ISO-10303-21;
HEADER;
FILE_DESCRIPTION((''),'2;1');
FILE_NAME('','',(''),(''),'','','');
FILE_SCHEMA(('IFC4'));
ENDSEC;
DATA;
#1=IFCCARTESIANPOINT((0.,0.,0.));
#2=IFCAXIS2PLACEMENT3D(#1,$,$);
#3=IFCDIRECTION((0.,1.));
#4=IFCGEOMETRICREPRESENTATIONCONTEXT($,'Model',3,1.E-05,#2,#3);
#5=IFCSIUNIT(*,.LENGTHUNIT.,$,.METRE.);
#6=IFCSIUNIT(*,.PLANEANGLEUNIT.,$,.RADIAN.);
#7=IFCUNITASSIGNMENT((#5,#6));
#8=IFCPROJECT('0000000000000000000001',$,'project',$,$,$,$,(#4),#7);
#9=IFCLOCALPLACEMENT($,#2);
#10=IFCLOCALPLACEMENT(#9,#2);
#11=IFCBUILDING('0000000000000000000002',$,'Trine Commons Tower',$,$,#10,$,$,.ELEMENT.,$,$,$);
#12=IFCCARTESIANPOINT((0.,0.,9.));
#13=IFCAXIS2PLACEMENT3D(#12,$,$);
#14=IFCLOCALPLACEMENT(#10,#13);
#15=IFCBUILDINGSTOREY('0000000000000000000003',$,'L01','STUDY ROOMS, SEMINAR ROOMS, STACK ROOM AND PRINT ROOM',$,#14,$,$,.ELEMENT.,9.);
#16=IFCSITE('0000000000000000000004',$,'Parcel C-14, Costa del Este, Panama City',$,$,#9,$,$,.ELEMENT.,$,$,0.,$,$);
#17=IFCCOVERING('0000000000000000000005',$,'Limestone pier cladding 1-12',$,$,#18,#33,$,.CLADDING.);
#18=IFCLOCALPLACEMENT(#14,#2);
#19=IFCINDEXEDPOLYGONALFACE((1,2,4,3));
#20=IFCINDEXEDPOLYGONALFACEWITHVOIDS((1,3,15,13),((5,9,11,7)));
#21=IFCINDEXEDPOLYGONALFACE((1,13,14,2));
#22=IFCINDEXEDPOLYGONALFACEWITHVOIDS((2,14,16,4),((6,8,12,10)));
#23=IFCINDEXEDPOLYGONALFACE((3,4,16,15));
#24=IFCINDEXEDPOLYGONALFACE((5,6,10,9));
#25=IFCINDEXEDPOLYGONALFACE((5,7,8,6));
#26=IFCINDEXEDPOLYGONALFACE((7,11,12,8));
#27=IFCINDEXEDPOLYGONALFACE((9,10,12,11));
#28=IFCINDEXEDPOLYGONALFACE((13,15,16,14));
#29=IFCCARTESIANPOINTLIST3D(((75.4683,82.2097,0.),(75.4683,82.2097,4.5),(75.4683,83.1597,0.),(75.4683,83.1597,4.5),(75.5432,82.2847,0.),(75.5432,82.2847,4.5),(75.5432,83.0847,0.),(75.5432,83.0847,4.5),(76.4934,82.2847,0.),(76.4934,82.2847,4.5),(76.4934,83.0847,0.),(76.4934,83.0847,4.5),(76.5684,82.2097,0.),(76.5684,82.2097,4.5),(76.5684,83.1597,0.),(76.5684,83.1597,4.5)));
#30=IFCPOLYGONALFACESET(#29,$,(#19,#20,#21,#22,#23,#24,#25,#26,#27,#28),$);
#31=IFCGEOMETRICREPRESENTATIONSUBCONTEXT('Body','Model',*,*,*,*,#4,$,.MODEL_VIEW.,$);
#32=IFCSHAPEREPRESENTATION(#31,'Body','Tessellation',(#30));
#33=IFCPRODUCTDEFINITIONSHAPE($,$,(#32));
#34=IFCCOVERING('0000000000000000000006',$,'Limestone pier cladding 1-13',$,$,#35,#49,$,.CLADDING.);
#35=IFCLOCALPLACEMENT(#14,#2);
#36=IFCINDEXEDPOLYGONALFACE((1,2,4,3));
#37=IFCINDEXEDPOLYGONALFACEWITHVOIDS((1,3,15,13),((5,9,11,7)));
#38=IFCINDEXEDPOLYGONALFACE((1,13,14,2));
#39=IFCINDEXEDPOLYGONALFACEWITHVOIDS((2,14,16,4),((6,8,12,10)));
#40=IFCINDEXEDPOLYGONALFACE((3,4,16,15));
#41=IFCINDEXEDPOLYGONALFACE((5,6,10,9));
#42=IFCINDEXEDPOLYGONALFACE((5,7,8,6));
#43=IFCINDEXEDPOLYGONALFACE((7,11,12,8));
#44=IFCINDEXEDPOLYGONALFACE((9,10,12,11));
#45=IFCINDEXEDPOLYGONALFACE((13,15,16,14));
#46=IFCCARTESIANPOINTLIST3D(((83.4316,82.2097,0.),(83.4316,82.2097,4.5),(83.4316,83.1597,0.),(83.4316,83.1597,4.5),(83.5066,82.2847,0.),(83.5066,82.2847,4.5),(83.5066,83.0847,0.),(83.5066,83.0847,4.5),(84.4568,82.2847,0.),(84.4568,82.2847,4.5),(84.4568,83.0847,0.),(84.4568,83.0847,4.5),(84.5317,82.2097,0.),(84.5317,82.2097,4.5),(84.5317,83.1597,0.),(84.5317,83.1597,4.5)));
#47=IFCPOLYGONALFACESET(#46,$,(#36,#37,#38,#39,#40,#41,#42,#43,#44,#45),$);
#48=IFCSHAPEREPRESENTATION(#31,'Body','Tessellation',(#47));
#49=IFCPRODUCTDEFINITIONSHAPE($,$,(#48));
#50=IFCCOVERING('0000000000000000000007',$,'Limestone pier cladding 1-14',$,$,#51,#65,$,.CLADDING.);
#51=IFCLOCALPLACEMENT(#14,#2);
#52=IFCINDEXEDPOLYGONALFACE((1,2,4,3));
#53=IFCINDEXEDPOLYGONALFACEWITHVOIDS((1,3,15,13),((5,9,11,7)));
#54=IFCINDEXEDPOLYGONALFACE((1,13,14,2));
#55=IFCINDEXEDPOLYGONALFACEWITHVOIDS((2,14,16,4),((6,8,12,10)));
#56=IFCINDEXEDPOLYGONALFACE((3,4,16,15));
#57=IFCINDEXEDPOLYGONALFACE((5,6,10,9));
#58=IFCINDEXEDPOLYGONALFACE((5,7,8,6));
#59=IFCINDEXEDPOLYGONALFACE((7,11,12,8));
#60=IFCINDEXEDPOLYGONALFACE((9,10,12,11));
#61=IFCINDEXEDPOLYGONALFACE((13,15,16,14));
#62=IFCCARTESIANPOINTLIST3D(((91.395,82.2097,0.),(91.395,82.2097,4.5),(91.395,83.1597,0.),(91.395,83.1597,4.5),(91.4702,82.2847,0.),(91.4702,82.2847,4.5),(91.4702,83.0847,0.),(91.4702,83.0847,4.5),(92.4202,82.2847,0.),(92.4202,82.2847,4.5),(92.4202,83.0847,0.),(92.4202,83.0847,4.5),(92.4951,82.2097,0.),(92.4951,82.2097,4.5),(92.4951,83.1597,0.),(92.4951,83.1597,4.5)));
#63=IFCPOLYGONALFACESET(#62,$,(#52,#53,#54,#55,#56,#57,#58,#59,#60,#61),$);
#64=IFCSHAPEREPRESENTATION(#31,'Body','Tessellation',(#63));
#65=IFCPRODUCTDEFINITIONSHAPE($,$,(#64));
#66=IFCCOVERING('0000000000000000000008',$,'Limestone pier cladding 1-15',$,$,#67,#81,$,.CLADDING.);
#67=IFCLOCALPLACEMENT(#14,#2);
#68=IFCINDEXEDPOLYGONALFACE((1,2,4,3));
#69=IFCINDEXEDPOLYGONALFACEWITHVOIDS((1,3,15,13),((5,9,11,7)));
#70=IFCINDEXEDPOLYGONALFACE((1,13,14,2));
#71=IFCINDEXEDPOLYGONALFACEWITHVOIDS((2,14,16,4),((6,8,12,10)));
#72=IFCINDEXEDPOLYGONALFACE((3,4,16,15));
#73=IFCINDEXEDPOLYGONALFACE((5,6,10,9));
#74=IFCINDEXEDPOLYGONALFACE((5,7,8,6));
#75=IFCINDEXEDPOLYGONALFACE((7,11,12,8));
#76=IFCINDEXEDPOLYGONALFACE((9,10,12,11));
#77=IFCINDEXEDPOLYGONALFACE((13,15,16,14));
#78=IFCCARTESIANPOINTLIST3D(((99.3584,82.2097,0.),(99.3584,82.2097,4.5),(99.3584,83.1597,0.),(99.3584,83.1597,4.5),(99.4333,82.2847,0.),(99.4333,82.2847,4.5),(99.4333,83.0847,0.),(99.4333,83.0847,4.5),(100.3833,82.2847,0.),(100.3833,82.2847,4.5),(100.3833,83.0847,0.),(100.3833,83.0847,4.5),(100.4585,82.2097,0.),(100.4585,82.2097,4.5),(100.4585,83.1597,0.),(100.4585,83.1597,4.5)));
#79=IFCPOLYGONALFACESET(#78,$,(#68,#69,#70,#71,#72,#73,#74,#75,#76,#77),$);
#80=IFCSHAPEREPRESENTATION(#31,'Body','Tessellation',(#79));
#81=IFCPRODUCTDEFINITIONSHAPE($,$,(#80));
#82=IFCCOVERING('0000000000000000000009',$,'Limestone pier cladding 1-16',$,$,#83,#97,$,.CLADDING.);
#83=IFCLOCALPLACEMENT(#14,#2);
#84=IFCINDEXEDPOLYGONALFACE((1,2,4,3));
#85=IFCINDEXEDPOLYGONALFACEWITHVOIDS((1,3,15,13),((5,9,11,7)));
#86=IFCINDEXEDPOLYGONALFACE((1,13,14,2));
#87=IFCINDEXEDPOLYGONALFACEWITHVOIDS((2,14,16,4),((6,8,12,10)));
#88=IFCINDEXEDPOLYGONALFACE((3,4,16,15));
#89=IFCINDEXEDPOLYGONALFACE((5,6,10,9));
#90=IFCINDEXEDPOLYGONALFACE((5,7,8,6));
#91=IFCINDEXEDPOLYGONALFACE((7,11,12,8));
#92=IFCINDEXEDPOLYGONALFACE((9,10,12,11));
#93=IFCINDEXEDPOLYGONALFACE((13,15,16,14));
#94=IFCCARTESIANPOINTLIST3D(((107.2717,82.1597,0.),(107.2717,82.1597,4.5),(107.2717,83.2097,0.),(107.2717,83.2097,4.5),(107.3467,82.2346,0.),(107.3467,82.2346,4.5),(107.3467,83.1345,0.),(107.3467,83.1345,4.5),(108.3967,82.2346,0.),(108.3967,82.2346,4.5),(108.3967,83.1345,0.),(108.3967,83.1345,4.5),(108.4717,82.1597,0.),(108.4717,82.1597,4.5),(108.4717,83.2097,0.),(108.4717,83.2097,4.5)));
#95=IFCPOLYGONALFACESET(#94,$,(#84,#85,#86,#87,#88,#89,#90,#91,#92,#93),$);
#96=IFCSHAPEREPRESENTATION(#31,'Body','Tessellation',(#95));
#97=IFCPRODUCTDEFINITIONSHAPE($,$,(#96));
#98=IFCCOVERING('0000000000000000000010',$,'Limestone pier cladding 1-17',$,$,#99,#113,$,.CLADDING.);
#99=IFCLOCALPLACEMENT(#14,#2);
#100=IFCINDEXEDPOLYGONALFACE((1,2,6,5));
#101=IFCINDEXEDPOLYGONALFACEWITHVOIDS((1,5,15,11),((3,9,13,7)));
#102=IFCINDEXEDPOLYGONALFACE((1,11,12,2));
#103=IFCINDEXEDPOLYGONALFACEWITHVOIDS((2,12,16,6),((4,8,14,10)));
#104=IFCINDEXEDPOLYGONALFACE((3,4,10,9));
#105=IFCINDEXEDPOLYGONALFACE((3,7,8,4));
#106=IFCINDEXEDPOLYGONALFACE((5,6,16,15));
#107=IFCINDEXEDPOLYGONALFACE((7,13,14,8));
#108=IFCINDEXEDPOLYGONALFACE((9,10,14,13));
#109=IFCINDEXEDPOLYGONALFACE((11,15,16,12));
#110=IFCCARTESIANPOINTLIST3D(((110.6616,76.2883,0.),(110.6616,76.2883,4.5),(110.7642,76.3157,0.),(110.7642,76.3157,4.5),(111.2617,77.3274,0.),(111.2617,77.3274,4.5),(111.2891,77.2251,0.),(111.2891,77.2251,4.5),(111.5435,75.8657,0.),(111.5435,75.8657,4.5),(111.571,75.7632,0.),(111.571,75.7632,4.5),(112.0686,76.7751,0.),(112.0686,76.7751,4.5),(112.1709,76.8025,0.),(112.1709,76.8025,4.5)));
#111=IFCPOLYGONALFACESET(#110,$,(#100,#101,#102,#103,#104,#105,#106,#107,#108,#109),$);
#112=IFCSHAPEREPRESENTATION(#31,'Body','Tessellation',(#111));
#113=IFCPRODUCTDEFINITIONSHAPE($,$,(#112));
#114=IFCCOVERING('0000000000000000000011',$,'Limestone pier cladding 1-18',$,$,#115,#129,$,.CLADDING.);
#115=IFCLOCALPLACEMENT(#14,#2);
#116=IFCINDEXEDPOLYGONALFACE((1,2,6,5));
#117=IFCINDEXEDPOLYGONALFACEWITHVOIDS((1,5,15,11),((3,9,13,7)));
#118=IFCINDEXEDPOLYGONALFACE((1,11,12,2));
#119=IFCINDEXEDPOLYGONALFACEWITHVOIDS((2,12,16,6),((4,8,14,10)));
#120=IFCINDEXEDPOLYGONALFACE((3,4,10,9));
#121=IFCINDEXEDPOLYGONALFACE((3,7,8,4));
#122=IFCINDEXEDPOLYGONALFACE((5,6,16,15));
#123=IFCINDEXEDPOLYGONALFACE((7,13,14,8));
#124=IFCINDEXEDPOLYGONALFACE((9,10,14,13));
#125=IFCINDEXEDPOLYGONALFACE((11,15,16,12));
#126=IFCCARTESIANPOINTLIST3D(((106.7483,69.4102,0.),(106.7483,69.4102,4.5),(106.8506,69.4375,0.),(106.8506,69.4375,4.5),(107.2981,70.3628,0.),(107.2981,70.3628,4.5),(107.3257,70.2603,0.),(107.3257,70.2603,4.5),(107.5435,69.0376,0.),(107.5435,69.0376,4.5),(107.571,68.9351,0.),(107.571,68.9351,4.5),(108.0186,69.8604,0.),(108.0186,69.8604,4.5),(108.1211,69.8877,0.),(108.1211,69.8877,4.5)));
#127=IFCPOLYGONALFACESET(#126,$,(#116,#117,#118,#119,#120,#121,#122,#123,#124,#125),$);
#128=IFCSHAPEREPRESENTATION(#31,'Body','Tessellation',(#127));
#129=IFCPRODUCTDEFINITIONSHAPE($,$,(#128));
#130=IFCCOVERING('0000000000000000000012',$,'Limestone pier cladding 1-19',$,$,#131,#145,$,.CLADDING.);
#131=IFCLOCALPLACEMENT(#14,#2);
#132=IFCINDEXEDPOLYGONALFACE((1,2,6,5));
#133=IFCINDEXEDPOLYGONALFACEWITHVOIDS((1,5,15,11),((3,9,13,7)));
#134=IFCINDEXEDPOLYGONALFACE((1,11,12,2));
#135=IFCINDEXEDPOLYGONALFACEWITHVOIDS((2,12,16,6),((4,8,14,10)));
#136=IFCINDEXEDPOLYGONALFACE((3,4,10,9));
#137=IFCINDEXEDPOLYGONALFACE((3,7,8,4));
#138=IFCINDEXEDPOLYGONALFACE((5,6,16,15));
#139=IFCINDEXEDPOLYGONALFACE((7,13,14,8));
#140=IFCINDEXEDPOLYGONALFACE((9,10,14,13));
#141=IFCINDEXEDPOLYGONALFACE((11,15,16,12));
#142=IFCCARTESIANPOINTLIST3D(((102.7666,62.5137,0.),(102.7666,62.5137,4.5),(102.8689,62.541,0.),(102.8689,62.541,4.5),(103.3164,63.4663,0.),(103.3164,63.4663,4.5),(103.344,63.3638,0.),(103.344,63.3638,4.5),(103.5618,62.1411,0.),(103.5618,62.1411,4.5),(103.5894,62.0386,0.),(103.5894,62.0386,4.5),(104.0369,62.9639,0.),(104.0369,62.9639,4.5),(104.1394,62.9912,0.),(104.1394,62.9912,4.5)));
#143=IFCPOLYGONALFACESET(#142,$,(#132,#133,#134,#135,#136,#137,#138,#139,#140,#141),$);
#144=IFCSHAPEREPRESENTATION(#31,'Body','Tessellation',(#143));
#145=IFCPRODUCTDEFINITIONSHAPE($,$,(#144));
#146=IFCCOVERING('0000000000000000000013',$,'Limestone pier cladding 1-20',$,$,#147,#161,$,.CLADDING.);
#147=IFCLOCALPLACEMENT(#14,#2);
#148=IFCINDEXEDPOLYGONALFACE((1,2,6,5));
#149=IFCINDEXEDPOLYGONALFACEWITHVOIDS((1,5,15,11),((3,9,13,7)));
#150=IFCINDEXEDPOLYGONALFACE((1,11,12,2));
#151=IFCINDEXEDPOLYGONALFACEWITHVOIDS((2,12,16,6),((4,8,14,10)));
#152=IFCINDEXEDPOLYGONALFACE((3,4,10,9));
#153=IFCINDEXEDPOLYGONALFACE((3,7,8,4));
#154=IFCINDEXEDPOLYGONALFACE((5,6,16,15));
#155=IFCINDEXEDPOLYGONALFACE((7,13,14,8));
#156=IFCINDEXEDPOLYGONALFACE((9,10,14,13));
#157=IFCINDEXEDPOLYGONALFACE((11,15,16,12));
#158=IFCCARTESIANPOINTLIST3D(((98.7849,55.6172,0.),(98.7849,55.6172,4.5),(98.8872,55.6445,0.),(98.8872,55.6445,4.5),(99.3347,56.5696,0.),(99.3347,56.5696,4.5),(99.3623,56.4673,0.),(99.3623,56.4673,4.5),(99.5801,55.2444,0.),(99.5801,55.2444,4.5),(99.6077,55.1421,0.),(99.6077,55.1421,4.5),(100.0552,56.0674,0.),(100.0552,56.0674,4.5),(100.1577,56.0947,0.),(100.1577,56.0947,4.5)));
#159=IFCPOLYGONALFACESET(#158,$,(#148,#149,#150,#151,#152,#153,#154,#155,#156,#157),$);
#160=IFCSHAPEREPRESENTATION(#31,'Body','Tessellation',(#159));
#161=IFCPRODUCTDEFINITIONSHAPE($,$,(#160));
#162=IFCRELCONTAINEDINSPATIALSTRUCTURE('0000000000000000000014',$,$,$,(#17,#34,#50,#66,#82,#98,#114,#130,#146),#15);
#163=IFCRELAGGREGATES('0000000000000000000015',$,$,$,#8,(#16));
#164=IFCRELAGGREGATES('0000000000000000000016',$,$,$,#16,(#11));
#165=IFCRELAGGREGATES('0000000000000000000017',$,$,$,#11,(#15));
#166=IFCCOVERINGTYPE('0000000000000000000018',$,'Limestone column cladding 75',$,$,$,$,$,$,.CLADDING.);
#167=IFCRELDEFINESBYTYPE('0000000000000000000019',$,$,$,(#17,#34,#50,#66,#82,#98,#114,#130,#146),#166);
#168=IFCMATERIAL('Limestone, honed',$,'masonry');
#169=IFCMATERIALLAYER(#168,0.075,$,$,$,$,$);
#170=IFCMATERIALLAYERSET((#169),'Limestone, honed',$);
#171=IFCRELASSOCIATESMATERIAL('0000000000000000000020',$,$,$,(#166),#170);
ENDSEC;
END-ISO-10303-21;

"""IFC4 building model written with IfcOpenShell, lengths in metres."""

from ifc_helpers import new_model, si_unit, direction, frame, origin, place, context, subcontext, project, spatial, polyline, outline, extrude, material, layer, layer_set, type_object, element, save


model = new_model("IFC4")

# Units and contexts
model_context = context("Model", 3, precision=1e-05, world=origin(), true_north=direction((0.0, 1.0)))
body_context = subcontext(model_context, "Body", "Model", "MODEL_VIEW")
ifc_project = project(units=[si_unit("LENGTHUNIT", "METRE"), si_unit("PLANEANGLEUNIT", "RADIAN")], contexts=[model_context])

# Site, building, storey
site_placement = place(None, origin())
site = spatial("IfcSite", under=ifc_project, at=site_placement, Name="Parcel C-14, Costa del Este, Panama City", CompositionType="ELEMENT", RefElevation=0.0)
building_placement = place(site_placement, origin())
building = spatial("IfcBuilding", under=site, at=building_placement, Name="Trine Commons Tower", CompositionType="ELEMENT")
storey_placement = place(building_placement, frame((0.0, 0.0, 9.0)))
storey = spatial("IfcBuildingStorey", under=building, at=storey_placement, Name="L01", Description="STUDY ROOMS, SEMINAR ROOMS, STACK ROOM AND PRINT ROOM", CompositionType="ELEMENT", Elevation=9.0)

# Coverings
ifc_material_1 = material(Name="Limestone, honed", Category="masonry")
ifc_layer_1 = layer(ifc_material_1, 0.075)
ifc_layer_set_1 = layer_set([ifc_layer_1], Name="Limestone, honed")
covering_type = type_object("IfcCoveringType", Name="Limestone column cladding 75", PredefinedType="CLADDING", material=ifc_layer_set_1)
covering_1_placement = place(storey_placement, origin())
element("IfcCovering", 1, at=covering_1_placement, inside=storey, type_object=covering_type, Name="Limestone pier cladding 1-12", PredefinedType="CLADDING", context=body_context, shape_type="SweptSolid", body=[
    extrude(outline(polyline([(76.5684, 82.2097), (76.5684, 83.1597), (75.4683, 83.1597), (75.4683, 82.2097), (76.5684, 82.2097)]), holes=[polyline([(76.4934, 82.2847), (76.4934, 83.0847), (75.5432, 83.0847), (75.5432, 82.2847), (76.4934, 82.2847)])]), origin(), (0.0, 0.0, 1.0), 4.5),
])
covering_2_placement = place(storey_placement, origin())
element("IfcCovering", 2, at=covering_2_placement, inside=storey, type_object=covering_type, Name="Limestone pier cladding 1-13", PredefinedType="CLADDING", context=body_context, shape_type="SweptSolid", body=[
    extrude(outline(polyline([(84.5317, 82.2097), (84.5317, 83.1597), (83.4316, 83.1597), (83.4316, 82.2097), (84.5317, 82.2097)]), holes=[polyline([(84.4568, 82.2847), (84.4568, 83.0847), (83.5066, 83.0847), (83.5066, 82.2847), (84.4568, 82.2847)])]), origin(), (0.0, 0.0, 1.0), 4.5),
])
covering_3_placement = place(storey_placement, origin())
element("IfcCovering", 3, at=covering_3_placement, inside=storey, type_object=covering_type, Name="Limestone pier cladding 1-14", PredefinedType="CLADDING", context=body_context, shape_type="SweptSolid", body=[
    extrude(outline(polyline([(92.4951, 82.2097), (92.4951, 83.1597), (91.395, 83.1597), (91.395, 82.2097), (92.4951, 82.2097)]), holes=[polyline([(92.4202, 82.2847), (92.4202, 83.0847), (91.4702, 83.0847), (91.4702, 82.2847), (92.4202, 82.2847)])]), origin(), (0.0, 0.0, 1.0), 4.5),
])
covering_4_placement = place(storey_placement, origin())
element("IfcCovering", 4, at=covering_4_placement, inside=storey, type_object=covering_type, Name="Limestone pier cladding 1-15", PredefinedType="CLADDING", context=body_context, shape_type="SweptSolid", body=[
    extrude(outline(polyline([(100.4585, 82.2097), (100.4585, 83.1597), (99.3584, 83.1597), (99.3584, 82.2097), (100.4585, 82.2097)]), holes=[polyline([(100.3833, 82.2847), (100.3833, 83.0847), (99.4333, 83.0847), (99.4333, 82.2847), (100.3833, 82.2847)])]), origin(), (0.0, 0.0, 1.0), 4.5),
])
covering_5_placement = place(storey_placement, origin())
element("IfcCovering", 5, at=covering_5_placement, inside=storey, type_object=covering_type, Name="Limestone pier cladding 1-16", PredefinedType="CLADDING", context=body_context, shape_type="SweptSolid", body=[
    extrude(outline(polyline([(108.4717, 82.1597), (108.4717, 83.2097), (107.2717, 83.2097), (107.2717, 82.1597), (108.4717, 82.1597)]), holes=[polyline([(108.3967, 82.2346), (108.3967, 83.1345), (107.3467, 83.1345), (107.3467, 82.2346), (108.3967, 82.2346)])]), origin(), (0.0, 0.0, 1.0), 4.5),
])
covering_6_placement = place(storey_placement, origin())
element("IfcCovering", 6, at=covering_6_placement, inside=storey, type_object=covering_type, Name="Limestone pier cladding 1-17", PredefinedType="CLADDING", context=body_context, shape_type="SweptSolid", body=[
    extrude(outline(polyline([(112.1709, 76.8025), (111.2617, 77.3274), (110.6616, 76.2883), (111.571, 75.7632), (112.1709, 76.8025)]), holes=[polyline([(112.0686, 76.7751), (111.2891, 77.2251), (110.7642, 76.3157), (111.5435, 75.8657), (112.0686, 76.7751)])]), origin(), (0.0, 0.0, 1.0), 4.5),
])
covering_7_placement = place(storey_placement, origin())
element("IfcCovering", 7, at=covering_7_placement, inside=storey, type_object=covering_type, Name="Limestone pier cladding 1-18", PredefinedType="CLADDING", context=body_context, shape_type="SweptSolid", body=[
    extrude(outline(polyline([(108.1211, 69.8877), (107.2981, 70.3628), (106.7483, 69.4102), (107.571, 68.9351), (108.1211, 69.8877)]), holes=[polyline([(108.0186, 69.8604), (107.3257, 70.2603), (106.8506, 69.4375), (107.5435, 69.0376), (108.0186, 69.8604)])]), origin(), (0.0, 0.0, 1.0), 4.5),
])
covering_8_placement = place(storey_placement, origin())
element("IfcCovering", 8, at=covering_8_placement, inside=storey, type_object=covering_type, Name="Limestone pier cladding 1-19", PredefinedType="CLADDING", context=body_context, shape_type="SweptSolid", body=[
    extrude(outline(polyline([(104.1394, 62.9912), (103.3164, 63.4663), (102.7666, 62.5137), (103.5894, 62.0386), (104.1394, 62.9912)]), holes=[polyline([(104.0369, 62.9639), (103.344, 63.3638), (102.8689, 62.541), (103.5618, 62.1411), (104.0369, 62.9639)])]), origin(), (0.0, 0.0, 1.0), 4.5),
])
covering_9_placement = place(storey_placement, origin())
element("IfcCovering", 9, at=covering_9_placement, inside=storey, type_object=covering_type, Name="Limestone pier cladding 1-20", PredefinedType="CLADDING", context=body_context, shape_type="SweptSolid", body=[
    extrude(outline(polyline([(100.1577, 56.0947), (99.3347, 56.5696), (98.7849, 55.6172), (99.6077, 55.1421), (100.1577, 56.0947)]), holes=[polyline([(100.0552, 56.0674), (99.3623, 56.4673), (98.8872, 55.6445), (99.5801, 55.2444), (100.0552, 56.0674)])]), origin(), (0.0, 0.0, 1.0), 4.5),
])

save(model, "model.ifc")
